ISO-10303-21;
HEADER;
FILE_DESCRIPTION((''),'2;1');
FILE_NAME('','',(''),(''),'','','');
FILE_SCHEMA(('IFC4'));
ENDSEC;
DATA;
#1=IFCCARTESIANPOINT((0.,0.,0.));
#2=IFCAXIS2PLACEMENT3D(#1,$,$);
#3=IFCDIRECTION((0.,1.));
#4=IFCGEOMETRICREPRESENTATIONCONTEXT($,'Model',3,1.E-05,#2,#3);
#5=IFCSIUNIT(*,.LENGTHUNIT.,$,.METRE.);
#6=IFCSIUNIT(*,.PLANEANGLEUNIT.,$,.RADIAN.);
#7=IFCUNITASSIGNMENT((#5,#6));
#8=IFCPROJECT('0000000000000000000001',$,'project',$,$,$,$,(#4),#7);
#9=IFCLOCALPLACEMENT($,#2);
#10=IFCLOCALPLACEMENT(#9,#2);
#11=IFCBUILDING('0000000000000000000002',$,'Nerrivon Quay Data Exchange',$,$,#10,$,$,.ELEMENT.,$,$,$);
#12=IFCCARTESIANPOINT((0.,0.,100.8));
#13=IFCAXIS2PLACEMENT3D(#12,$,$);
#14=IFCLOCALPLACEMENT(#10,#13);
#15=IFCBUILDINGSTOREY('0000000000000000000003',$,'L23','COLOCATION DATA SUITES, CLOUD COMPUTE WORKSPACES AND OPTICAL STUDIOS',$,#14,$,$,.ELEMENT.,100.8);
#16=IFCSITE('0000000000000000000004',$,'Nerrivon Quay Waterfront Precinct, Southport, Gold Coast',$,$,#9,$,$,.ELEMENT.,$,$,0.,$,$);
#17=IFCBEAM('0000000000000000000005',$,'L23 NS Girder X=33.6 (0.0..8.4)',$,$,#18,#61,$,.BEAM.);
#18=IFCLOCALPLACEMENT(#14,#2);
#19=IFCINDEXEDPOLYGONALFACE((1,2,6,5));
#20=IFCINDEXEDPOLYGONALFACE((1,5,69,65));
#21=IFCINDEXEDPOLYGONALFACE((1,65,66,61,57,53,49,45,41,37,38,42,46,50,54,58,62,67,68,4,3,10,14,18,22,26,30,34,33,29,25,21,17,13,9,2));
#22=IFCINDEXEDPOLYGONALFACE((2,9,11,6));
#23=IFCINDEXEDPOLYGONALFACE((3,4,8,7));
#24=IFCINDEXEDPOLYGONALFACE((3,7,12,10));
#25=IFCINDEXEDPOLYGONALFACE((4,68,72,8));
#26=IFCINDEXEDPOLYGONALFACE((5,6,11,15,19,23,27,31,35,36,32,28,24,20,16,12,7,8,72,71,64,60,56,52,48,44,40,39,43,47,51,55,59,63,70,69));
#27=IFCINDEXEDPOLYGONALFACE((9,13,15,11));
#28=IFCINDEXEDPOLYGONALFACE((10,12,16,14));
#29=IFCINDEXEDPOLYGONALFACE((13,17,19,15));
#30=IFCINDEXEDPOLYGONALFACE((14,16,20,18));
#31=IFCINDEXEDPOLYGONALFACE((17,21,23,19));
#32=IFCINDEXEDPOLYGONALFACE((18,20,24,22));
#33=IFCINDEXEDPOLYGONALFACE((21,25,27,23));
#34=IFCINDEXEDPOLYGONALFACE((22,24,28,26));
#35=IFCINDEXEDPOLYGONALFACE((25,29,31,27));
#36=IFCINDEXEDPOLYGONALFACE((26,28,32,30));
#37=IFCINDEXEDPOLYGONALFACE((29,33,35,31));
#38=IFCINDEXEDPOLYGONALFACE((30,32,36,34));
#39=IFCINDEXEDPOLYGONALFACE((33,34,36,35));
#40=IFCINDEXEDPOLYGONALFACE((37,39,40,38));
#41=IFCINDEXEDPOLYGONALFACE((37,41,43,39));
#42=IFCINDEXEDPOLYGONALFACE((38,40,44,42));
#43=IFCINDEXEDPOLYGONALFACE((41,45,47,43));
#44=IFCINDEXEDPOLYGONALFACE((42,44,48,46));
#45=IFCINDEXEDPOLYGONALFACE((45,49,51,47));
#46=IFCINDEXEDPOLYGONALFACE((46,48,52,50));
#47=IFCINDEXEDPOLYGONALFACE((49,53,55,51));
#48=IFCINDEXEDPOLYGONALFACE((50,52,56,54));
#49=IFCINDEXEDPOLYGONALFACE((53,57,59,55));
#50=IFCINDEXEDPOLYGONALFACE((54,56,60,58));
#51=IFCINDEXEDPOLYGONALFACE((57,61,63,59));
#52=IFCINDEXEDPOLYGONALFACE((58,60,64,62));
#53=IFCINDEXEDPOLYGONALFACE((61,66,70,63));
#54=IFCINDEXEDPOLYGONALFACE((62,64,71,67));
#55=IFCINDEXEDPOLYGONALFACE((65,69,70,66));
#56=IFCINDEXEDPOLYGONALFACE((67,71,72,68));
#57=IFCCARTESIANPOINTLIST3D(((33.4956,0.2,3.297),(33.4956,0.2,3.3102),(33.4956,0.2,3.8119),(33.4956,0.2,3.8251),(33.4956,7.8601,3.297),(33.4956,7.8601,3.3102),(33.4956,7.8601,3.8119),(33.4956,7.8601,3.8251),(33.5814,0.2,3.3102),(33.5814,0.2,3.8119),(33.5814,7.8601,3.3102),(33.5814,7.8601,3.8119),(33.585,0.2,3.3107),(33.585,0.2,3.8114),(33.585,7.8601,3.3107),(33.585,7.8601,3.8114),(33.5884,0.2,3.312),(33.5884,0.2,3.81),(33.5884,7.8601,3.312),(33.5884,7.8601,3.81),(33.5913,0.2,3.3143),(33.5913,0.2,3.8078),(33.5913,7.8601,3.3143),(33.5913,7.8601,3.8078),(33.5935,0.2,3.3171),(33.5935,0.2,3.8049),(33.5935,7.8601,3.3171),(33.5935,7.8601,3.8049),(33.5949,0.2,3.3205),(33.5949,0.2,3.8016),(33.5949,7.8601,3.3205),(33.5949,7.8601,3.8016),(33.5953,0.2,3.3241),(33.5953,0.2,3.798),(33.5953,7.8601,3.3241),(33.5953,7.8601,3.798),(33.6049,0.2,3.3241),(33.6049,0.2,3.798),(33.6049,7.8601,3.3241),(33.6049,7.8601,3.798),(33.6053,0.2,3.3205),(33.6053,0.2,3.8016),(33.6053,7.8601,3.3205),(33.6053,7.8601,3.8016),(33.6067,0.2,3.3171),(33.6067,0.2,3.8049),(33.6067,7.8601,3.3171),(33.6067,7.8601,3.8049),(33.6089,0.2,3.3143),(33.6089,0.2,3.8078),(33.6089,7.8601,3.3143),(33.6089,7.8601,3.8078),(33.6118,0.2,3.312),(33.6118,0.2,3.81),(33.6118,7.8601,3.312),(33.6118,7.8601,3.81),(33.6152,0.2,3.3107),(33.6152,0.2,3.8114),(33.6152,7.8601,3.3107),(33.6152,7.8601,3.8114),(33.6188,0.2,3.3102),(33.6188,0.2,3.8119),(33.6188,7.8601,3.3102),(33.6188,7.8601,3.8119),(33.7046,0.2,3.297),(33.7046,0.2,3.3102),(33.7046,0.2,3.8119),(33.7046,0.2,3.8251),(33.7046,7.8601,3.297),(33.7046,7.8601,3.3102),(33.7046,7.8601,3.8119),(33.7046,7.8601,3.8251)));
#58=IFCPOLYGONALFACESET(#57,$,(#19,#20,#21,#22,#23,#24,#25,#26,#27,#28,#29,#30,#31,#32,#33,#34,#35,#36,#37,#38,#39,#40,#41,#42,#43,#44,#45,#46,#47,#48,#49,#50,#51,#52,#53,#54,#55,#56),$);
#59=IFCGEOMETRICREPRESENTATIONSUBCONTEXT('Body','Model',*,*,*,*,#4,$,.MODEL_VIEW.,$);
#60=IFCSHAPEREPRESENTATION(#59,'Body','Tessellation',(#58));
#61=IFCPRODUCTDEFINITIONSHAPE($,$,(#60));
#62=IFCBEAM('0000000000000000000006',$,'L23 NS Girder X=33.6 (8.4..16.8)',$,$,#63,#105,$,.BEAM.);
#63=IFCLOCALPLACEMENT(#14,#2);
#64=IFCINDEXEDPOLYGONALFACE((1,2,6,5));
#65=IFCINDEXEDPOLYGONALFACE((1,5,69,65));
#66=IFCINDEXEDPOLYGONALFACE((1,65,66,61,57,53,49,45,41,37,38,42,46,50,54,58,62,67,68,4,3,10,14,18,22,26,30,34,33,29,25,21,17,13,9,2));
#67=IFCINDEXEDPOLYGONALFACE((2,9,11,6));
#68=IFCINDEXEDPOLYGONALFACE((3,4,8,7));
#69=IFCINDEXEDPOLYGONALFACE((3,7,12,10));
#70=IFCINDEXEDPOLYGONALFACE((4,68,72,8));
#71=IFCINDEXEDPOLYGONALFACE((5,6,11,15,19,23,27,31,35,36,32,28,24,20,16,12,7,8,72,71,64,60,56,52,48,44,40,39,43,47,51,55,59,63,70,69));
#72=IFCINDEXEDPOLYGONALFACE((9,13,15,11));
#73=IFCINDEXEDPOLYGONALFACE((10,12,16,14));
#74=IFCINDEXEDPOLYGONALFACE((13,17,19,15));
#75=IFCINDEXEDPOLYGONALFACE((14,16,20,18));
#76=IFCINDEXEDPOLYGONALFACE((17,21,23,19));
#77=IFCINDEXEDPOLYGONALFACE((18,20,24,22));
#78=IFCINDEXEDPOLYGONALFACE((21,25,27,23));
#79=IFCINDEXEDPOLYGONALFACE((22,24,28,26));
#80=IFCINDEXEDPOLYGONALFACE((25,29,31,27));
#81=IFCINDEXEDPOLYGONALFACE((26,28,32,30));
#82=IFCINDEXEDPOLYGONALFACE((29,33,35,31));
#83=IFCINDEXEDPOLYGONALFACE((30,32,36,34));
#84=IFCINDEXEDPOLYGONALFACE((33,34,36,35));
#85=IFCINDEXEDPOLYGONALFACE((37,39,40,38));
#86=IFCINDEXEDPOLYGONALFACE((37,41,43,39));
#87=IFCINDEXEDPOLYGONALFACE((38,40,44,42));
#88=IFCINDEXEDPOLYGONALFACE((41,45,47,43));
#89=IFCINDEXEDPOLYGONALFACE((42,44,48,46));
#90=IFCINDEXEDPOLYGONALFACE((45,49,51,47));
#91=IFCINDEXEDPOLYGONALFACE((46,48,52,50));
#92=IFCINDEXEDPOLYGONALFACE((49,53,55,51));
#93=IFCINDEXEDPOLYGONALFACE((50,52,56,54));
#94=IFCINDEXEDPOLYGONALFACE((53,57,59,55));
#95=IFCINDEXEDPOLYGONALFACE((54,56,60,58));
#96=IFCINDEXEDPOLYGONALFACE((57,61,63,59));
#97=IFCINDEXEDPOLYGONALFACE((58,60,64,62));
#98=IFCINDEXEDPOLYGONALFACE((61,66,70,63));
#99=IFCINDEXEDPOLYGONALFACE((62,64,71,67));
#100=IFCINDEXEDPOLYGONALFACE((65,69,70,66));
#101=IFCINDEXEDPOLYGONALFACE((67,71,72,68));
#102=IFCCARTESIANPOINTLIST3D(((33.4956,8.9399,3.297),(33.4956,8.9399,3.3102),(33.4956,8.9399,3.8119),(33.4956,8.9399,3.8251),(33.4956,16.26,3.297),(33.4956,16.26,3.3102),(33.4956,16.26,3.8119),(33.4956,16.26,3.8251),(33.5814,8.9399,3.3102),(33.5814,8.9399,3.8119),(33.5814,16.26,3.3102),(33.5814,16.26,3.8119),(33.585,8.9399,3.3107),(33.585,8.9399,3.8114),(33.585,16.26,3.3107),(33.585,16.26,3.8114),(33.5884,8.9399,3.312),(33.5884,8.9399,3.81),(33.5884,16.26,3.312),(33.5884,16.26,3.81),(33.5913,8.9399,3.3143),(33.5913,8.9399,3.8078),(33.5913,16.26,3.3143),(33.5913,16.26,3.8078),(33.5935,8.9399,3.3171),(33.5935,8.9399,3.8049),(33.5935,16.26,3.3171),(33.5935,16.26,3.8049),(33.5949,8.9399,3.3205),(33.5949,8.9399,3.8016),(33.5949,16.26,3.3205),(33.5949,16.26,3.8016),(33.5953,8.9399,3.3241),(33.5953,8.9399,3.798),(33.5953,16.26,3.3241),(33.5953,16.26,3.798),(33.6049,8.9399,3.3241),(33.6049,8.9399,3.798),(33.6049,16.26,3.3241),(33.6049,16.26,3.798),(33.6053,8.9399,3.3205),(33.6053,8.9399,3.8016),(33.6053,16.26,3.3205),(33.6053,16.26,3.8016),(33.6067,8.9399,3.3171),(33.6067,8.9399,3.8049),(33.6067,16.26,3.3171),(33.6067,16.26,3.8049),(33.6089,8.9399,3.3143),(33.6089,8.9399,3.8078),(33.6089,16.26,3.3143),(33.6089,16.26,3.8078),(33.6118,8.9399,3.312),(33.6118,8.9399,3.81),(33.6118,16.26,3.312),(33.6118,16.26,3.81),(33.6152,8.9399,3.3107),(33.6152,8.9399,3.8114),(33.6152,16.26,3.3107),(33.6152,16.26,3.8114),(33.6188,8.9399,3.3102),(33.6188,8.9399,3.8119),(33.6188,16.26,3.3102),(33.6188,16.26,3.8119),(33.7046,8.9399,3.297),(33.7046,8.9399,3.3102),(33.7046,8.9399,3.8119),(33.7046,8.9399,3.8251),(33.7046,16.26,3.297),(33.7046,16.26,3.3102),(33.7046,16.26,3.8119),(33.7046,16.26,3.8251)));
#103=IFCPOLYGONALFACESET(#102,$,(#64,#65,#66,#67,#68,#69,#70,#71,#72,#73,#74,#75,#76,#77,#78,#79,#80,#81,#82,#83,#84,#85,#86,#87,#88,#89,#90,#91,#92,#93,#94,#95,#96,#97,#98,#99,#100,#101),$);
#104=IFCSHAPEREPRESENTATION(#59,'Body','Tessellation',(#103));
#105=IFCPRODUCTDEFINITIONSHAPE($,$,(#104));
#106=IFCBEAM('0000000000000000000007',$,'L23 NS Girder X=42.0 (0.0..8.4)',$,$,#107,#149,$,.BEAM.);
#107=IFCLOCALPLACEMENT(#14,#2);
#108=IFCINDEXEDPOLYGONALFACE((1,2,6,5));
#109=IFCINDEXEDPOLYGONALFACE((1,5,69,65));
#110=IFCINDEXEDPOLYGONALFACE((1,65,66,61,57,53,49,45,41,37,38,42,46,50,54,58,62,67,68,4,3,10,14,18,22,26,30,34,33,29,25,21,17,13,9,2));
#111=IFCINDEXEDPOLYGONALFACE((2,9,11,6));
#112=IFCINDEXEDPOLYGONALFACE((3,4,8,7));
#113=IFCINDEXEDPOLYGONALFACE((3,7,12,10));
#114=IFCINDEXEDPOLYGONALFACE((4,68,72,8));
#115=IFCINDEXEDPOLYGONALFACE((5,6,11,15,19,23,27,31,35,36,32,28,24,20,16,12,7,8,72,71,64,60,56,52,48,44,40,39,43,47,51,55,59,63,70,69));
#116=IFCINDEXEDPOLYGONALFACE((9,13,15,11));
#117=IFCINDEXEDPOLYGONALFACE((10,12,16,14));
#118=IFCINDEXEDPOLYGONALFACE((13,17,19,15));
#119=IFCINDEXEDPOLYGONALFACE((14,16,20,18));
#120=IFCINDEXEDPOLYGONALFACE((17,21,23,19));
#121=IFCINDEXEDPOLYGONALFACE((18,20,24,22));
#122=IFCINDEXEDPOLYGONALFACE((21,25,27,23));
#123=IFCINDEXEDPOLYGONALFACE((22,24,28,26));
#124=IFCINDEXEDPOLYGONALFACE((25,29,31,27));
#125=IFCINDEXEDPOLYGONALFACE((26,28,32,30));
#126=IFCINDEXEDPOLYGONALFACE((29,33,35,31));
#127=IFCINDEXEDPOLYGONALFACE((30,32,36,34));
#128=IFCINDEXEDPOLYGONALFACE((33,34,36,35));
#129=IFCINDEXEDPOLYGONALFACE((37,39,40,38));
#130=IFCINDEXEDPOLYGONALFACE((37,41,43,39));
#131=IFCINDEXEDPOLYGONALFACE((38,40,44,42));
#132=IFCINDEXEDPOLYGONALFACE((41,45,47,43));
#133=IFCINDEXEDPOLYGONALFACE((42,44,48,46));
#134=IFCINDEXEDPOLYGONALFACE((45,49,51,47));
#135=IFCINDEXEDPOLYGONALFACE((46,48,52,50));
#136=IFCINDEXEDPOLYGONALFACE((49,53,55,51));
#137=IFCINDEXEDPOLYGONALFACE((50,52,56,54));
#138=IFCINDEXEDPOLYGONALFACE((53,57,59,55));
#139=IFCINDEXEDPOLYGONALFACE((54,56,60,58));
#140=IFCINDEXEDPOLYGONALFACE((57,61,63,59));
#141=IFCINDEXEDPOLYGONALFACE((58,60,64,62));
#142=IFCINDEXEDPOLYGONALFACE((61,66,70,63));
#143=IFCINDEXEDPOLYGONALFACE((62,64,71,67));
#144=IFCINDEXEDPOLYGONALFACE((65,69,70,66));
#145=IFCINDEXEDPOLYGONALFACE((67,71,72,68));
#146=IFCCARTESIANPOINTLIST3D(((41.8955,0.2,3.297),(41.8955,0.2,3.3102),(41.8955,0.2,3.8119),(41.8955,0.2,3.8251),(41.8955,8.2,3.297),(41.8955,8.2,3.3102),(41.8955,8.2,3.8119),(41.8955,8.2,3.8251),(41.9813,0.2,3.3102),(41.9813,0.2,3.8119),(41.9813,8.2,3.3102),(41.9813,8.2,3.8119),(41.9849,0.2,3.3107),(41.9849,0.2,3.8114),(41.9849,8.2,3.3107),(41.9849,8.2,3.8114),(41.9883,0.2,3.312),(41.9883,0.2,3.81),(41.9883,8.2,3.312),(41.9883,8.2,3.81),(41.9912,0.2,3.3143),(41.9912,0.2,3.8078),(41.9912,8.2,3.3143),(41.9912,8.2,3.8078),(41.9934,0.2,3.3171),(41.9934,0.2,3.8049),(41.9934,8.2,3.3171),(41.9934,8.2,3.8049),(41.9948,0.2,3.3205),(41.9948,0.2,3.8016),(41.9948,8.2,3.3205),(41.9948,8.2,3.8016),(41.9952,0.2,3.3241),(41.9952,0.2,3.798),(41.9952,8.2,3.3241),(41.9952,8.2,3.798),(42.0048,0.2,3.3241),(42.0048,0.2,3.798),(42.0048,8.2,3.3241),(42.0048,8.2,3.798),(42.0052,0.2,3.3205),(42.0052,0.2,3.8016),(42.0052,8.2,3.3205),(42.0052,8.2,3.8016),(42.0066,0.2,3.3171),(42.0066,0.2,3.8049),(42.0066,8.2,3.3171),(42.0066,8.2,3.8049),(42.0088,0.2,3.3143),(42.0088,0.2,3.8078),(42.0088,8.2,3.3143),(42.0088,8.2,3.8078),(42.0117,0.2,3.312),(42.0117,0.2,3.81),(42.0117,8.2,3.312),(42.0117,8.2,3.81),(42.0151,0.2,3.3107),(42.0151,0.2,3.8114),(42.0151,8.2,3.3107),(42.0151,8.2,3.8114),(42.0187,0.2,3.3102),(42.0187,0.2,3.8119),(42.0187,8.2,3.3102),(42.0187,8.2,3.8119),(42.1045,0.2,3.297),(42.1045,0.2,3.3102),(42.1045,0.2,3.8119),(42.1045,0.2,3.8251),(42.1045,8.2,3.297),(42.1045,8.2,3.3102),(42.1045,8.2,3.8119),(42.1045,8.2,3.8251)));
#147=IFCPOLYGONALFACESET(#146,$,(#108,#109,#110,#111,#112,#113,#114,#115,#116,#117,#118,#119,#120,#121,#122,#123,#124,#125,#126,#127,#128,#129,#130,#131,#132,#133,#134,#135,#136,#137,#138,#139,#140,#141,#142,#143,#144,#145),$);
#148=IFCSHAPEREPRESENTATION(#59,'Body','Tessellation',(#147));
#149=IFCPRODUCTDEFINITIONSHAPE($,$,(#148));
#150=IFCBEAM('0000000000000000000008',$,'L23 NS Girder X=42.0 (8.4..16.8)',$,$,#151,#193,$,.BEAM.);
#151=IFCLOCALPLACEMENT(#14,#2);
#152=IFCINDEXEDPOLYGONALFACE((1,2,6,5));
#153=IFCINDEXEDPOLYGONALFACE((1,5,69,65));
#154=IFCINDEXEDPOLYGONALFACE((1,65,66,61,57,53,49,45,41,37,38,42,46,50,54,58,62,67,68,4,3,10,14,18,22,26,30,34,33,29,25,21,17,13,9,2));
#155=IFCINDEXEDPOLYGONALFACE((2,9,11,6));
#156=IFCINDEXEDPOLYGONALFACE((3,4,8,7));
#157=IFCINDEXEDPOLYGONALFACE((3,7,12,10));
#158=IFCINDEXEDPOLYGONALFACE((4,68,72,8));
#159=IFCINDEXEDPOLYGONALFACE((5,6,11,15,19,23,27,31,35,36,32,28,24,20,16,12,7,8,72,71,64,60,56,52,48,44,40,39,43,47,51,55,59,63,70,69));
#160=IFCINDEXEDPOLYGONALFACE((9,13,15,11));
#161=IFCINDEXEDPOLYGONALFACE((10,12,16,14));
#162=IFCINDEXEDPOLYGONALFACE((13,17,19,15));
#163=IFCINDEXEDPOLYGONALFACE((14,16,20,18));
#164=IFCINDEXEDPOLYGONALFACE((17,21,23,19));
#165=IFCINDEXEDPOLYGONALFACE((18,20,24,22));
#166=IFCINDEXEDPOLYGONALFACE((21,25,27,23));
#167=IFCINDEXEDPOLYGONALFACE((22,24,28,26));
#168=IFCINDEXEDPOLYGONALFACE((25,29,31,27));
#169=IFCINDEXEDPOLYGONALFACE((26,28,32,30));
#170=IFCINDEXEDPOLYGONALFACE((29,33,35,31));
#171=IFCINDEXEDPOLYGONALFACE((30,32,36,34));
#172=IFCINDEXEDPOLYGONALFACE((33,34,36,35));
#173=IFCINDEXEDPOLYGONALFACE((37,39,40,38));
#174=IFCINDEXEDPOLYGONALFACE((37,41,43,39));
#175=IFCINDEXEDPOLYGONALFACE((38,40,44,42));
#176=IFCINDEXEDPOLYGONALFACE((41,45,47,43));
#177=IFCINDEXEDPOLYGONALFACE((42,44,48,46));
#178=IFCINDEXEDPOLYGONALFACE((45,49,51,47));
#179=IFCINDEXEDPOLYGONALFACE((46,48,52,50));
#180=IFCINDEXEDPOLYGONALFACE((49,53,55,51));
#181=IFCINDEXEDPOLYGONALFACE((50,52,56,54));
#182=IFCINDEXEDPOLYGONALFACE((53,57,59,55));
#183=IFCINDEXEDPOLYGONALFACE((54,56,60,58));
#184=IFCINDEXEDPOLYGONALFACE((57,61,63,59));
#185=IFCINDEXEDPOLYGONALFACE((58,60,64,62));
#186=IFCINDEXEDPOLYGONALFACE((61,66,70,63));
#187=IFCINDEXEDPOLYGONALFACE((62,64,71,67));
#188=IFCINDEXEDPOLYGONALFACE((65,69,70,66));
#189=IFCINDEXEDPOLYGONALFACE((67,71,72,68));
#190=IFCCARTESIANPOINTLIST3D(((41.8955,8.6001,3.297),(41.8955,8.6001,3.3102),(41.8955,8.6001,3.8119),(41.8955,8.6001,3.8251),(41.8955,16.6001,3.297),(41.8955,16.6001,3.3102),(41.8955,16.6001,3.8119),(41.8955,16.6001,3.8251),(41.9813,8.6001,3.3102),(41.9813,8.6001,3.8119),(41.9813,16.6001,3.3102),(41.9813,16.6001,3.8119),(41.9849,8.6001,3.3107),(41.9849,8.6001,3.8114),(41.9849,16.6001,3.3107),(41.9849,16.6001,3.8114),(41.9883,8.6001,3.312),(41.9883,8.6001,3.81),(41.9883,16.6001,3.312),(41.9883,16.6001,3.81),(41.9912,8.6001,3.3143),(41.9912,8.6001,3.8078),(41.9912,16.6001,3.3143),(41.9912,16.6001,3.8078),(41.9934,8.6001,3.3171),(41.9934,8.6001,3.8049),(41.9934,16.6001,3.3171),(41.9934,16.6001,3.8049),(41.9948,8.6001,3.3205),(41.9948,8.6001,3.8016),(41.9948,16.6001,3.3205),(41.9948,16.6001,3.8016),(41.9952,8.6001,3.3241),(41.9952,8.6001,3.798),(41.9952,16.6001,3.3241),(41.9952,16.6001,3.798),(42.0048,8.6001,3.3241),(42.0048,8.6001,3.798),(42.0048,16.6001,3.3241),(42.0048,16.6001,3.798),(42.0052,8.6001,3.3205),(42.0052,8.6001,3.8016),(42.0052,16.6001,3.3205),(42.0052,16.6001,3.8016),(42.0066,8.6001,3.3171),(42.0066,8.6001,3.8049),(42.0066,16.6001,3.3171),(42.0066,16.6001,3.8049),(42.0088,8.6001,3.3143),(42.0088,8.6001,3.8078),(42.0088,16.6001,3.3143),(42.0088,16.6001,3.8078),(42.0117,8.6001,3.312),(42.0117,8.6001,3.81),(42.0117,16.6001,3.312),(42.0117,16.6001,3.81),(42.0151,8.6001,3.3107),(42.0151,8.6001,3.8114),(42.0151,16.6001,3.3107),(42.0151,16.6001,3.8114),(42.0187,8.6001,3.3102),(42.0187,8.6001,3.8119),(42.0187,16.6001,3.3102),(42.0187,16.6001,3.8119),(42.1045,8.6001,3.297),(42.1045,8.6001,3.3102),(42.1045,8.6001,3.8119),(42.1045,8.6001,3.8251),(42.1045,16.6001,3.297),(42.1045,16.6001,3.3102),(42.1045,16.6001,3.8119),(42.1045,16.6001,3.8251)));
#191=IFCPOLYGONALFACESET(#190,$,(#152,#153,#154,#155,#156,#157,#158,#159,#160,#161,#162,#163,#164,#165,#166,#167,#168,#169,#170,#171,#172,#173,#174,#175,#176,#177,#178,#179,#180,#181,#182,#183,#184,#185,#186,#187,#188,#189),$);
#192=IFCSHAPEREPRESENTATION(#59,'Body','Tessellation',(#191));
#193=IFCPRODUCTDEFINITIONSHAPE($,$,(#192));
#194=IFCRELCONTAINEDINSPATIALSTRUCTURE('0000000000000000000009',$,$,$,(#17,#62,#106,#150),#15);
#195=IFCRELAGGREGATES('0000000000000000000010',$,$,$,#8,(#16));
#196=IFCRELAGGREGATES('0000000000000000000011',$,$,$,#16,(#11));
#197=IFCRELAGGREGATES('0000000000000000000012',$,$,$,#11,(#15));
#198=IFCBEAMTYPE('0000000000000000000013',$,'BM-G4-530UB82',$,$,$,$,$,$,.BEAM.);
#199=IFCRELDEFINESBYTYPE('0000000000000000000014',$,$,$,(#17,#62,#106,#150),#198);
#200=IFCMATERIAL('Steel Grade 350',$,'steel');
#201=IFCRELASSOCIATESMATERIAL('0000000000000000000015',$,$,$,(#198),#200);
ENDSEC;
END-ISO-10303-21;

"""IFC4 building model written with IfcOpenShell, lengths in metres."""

from ifc_helpers import new_model, si_unit, direction, frame, origin, origin_2d, place, context, subcontext, project, spatial, i_section, extrude, material, material_profile, profile_set, type_object, element, save


model = new_model("IFC4")

# Units and contexts
model_context = context("Model", 3, precision=1e-05, world=origin(), true_north=direction((0.0, 1.0)))
body_context = subcontext(model_context, "Body", "Model", "MODEL_VIEW")
ifc_project = project(units=[si_unit("LENGTHUNIT", "METRE"), si_unit("PLANEANGLEUNIT", "RADIAN")], contexts=[model_context])

# Site, building, storey
site_placement = place(None, origin())
site = spatial("IfcSite", under=ifc_project, at=site_placement, Name="Nerrivon Quay Waterfront Precinct, Southport, Gold Coast", CompositionType="ELEMENT", RefElevation=0.0)
building_placement = place(site_placement, origin())
building = spatial("IfcBuilding", under=site, at=building_placement, Name="Nerrivon Quay Data Exchange", CompositionType="ELEMENT")
storey_placement = place(building_placement, frame((0.0, 0.0, 100.8)))
storey = spatial("IfcBuildingStorey", under=building, at=storey_placement, Name="L23", Description="COLOCATION DATA SUITES, CLOUD COMPUTE WORKSPACES AND OPTICAL STUDIOS", CompositionType="ELEMENT", Elevation=100.8)

# Shared definitions
ifc_material_1 = material(Name="Steel Grade 350", Category="steel")

# Beams
ifc_material_profile_1 = material_profile(ifc_material_1, i_section(OverallWidth=0.209, OverallDepth=0.5281, WebThickness=0.0095, FlangeThickness=0.0132, FilletRadius=0.0139, at=origin_2d()), Name="530UB82.0")
ifc_profile_set_1 = profile_set([ifc_material_profile_1], Name="Steel Grade 350")
beam_type_1 = type_object("IfcBeamType", Name="BM-G4-530UB82", PredefinedType="BEAM", material=ifc_profile_set_1)
beam_1_placement = place(storey_placement, frame((33.6001, 0.2, 3.561), z_axis=(0.0, 1.0, 0.0), x_axis=(-1.0, 0.0, 0.0)))
element("IfcBeam", 1, at=beam_1_placement, inside=storey, type_object=beam_type_1, Name="L23 NS Girder X=33.6 (0.0..8.4)", PredefinedType="BEAM", context=body_context, shape_type="SweptSolid", body=[
    extrude(i_section(OverallWidth=0.209, OverallDepth=0.5281, WebThickness=0.0095, FlangeThickness=0.0132, FilletRadius=0.0139, at=origin_2d()), origin(), (0.0, 0.0, 1.0), 7.6602),
])
beam_2_placement = place(storey_placement, frame((33.6001, 8.9399, 3.561), z_axis=(0.0, 1.0, 0.0), x_axis=(-1.0, 0.0, 0.0)))
element("IfcBeam", 2, at=beam_2_placement, inside=storey, type_object=beam_type_1, Name="L23 NS Girder X=33.6 (8.4..16.8)", PredefinedType="BEAM", context=body_context, shape_type="SweptSolid", body=[
    extrude(i_section(OverallWidth=0.209, OverallDepth=0.5281, WebThickness=0.0095, FlangeThickness=0.0132, FilletRadius=0.0139, at=origin_2d()), origin(), (0.0, 0.0, 1.0), 7.3201),
])
for number, where, z_axis, x_axis, name in (
    (3, (42.0, 0.2, 3.561), (0.0, 1.0, 0.0), (-1.0, 0.0, 0.0), "L23 NS Girder X=42.0 (0.0..8.4)"),
    (4, (42.0, 8.6001, 3.561), (0.0, 1.0, 0.0), (-1.0, 0.0, 0.0), "L23 NS Girder X=42.0 (8.4..16.8)"),
):
    element("IfcBeam", number, at=place(storey_placement, frame(where, z_axis=z_axis, x_axis=x_axis)), inside=storey, type_object=beam_type_1, Name=name, PredefinedType="BEAM", context=body_context, shape_type="SweptSolid", body=[
        extrude(i_section(OverallWidth=0.209, OverallDepth=0.5281, WebThickness=0.0095, FlangeThickness=0.0132, FilletRadius=0.0139, at=origin_2d()), origin(), (0.0, 0.0, 1.0), 8.0),
    ])

save(model, "model.ifc")
